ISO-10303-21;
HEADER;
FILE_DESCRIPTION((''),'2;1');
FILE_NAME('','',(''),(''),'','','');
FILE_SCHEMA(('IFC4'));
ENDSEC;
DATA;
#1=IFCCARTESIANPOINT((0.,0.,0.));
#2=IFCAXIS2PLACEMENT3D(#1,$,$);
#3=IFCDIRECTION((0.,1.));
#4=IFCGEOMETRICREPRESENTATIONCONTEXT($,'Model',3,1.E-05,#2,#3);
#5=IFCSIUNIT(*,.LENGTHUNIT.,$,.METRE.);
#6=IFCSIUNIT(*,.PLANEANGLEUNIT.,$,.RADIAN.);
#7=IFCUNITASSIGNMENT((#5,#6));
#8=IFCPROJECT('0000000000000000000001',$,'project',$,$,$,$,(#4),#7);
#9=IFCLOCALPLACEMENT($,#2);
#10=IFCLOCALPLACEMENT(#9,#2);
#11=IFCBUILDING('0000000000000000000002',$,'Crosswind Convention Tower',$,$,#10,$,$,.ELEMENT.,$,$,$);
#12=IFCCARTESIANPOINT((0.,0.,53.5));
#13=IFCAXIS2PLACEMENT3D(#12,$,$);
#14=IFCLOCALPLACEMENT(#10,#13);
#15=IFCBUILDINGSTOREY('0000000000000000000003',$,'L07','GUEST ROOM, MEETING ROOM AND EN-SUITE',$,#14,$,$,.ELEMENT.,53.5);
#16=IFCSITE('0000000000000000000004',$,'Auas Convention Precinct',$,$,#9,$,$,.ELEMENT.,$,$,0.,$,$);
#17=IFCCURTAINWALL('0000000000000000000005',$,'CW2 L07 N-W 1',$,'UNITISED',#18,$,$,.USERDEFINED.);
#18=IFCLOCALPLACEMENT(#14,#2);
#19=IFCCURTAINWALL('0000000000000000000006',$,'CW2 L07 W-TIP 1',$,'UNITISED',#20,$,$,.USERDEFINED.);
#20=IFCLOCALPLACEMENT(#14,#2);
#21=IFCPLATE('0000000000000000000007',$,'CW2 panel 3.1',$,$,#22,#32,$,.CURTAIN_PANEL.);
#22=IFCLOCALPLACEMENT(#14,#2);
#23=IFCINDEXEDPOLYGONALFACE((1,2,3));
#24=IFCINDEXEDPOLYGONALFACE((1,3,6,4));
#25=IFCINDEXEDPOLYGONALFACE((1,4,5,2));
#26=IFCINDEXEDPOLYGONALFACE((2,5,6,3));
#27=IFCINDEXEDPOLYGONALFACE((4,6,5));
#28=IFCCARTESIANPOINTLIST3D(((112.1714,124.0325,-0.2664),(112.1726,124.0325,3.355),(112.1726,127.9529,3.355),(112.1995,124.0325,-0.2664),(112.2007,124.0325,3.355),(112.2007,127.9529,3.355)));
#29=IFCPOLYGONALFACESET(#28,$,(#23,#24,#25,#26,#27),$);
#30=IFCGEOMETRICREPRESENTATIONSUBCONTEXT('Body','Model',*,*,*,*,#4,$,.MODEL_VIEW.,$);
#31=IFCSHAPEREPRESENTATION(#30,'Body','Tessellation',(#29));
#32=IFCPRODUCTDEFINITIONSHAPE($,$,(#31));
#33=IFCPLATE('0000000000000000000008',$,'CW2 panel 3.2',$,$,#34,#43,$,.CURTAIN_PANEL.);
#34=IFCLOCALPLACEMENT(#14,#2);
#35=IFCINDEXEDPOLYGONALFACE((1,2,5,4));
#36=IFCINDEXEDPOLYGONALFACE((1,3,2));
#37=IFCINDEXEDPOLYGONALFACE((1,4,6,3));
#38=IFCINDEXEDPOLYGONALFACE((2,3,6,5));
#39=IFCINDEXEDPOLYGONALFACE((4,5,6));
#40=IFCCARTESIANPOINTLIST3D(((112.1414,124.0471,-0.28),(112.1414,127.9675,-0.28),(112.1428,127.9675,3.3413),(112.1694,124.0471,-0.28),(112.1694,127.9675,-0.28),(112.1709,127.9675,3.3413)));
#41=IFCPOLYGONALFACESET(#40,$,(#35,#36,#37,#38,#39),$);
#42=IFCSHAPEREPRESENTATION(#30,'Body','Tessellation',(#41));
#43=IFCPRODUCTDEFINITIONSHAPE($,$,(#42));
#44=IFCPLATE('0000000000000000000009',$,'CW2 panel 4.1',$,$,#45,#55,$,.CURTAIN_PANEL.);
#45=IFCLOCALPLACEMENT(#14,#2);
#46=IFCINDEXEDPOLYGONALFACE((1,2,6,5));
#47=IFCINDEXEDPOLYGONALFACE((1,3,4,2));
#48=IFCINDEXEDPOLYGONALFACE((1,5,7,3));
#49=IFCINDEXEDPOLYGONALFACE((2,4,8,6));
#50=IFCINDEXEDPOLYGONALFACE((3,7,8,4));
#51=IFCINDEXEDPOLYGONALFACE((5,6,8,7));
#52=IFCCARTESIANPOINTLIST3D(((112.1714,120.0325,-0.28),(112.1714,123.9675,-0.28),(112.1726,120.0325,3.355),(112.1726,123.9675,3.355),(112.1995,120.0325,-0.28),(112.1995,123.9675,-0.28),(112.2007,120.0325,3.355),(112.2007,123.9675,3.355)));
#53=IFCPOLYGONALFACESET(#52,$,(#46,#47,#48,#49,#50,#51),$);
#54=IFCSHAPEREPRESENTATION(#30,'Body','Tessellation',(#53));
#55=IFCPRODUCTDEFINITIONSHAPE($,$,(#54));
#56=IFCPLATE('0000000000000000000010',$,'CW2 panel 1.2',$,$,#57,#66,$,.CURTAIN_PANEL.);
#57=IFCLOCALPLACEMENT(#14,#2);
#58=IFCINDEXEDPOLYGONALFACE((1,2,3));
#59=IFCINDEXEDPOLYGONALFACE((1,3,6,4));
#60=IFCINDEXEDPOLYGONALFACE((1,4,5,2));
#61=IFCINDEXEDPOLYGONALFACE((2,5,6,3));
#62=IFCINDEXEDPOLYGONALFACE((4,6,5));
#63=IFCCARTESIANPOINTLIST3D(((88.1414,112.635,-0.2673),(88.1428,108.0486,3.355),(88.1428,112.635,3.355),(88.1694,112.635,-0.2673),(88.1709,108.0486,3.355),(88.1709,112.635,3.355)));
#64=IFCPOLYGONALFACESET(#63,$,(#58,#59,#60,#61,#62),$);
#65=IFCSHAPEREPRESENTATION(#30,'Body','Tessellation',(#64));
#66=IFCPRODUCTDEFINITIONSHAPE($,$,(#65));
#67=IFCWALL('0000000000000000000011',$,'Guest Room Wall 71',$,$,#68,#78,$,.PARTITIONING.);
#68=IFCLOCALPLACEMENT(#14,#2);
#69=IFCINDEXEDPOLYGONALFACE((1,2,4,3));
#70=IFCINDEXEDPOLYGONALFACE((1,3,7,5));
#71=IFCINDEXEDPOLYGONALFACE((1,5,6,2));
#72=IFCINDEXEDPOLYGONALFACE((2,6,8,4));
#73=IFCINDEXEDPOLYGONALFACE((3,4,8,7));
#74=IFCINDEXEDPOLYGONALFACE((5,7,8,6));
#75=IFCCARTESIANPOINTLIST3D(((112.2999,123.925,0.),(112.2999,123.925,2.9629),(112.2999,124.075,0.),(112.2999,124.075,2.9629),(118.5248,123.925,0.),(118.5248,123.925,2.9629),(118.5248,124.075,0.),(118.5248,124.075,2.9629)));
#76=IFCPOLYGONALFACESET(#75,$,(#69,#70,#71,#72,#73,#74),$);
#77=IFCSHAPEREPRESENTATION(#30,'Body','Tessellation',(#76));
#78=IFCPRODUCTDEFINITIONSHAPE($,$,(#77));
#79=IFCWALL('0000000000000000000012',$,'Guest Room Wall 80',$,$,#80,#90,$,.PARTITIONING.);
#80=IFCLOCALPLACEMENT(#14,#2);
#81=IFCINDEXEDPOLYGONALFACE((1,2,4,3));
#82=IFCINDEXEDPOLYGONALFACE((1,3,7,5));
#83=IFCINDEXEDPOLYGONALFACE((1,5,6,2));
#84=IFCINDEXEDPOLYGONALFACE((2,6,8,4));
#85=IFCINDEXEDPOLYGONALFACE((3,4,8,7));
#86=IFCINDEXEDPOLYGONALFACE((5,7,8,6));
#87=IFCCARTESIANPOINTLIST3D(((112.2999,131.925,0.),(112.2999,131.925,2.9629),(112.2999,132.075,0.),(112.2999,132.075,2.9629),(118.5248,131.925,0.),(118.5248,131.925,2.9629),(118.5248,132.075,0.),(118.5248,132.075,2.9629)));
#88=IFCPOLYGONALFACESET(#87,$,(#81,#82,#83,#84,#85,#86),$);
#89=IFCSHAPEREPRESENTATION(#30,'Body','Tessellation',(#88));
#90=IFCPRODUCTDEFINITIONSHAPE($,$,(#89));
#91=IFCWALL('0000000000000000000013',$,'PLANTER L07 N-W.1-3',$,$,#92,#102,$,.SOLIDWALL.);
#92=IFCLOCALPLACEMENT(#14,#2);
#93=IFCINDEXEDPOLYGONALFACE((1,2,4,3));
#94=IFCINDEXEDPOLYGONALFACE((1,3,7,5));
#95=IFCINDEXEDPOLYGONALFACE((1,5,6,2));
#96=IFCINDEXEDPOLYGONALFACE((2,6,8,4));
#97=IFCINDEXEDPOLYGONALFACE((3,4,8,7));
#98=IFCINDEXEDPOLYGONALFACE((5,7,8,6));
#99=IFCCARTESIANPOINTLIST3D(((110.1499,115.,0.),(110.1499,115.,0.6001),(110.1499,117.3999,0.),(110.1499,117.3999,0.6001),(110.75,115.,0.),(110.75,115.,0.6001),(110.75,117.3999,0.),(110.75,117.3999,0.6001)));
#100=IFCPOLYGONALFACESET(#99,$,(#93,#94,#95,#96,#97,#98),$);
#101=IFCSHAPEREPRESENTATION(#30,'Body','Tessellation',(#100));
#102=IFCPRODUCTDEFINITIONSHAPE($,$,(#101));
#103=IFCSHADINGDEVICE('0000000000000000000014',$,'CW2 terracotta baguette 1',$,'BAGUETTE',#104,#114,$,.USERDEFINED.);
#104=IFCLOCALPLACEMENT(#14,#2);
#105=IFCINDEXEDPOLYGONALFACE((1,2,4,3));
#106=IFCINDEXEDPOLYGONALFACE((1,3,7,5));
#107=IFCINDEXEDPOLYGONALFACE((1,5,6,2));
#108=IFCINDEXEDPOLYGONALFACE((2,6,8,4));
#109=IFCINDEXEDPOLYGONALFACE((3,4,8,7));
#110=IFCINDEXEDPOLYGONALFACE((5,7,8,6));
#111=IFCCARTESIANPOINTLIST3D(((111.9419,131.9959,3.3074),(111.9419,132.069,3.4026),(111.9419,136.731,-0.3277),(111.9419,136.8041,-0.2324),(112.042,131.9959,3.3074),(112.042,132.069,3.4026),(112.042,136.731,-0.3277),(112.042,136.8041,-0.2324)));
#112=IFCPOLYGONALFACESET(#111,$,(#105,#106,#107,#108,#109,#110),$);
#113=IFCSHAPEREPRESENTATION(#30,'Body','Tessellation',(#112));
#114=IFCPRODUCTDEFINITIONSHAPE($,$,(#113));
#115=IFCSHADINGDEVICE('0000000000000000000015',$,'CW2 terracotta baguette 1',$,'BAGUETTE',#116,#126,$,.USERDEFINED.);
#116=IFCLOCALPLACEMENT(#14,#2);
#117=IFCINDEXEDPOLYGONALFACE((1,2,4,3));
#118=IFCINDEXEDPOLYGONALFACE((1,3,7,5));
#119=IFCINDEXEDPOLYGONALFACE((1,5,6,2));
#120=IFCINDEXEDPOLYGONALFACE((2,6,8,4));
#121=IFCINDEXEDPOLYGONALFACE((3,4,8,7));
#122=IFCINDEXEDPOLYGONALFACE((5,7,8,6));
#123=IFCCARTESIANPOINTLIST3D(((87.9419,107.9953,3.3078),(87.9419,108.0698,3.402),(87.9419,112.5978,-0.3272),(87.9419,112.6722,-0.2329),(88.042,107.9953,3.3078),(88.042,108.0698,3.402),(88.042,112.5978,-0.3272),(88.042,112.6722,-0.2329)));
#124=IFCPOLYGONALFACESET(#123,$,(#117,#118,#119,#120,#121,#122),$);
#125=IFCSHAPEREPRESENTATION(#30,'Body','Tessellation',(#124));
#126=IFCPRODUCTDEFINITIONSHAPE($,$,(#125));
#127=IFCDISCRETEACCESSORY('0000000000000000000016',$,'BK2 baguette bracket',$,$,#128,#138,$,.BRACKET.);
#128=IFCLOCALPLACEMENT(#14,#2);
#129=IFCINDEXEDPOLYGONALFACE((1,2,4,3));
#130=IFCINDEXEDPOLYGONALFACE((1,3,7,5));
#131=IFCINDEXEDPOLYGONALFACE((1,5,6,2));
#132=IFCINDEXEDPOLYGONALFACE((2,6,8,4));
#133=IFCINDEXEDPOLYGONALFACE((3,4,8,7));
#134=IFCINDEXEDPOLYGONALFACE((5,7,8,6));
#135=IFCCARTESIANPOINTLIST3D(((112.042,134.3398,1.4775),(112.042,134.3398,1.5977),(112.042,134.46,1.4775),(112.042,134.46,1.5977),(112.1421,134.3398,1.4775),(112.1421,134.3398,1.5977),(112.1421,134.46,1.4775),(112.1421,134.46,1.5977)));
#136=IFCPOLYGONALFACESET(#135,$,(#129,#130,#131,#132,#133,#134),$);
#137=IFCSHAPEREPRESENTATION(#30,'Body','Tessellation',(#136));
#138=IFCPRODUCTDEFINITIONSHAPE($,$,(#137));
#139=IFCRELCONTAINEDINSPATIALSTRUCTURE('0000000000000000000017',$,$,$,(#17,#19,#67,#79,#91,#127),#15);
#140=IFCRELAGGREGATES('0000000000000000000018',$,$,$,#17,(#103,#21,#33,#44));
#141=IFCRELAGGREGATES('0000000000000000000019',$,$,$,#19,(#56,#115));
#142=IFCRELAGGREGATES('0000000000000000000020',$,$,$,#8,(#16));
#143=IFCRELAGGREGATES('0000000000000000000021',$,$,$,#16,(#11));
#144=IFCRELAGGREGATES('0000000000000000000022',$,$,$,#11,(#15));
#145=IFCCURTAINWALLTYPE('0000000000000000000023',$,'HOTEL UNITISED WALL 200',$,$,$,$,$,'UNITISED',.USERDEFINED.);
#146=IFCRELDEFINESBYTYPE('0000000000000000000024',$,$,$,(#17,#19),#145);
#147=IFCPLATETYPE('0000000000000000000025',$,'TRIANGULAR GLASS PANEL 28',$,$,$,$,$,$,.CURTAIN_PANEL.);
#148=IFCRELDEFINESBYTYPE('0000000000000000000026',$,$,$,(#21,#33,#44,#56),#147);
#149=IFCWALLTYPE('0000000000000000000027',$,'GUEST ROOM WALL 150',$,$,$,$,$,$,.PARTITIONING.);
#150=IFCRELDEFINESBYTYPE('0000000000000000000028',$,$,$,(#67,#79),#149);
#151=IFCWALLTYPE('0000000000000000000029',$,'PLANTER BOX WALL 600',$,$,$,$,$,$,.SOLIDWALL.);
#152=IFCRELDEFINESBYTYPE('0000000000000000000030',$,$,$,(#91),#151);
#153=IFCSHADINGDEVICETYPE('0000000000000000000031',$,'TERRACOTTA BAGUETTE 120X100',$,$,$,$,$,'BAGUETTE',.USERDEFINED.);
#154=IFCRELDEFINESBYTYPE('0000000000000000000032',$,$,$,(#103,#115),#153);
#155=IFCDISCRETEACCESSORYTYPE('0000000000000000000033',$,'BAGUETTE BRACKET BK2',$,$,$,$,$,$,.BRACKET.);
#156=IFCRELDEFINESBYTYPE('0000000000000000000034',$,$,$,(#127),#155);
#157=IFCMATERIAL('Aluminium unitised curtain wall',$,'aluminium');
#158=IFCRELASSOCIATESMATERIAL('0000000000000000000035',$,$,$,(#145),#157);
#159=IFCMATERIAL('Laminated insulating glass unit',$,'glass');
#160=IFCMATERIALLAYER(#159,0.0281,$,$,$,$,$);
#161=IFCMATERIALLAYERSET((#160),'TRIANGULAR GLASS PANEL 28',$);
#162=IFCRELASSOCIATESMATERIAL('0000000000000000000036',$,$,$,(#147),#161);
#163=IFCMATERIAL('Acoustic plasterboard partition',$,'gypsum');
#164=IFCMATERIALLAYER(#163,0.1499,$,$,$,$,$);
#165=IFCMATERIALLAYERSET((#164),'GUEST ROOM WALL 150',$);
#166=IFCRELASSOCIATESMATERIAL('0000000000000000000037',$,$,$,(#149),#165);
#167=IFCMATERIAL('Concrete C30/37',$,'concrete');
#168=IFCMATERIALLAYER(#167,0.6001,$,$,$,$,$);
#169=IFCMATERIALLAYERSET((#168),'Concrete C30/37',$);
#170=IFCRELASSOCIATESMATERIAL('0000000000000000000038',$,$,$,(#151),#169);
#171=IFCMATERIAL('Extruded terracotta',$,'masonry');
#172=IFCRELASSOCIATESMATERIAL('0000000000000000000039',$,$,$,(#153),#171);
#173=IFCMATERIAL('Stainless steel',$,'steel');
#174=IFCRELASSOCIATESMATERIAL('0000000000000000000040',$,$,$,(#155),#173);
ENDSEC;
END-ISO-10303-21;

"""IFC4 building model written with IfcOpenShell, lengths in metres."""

from ifc_helpers import new_model, si_unit, direction, frame, frame_2d, origin, origin_2d, place, context, subcontext, project, spatial, polyline, rectangle, outline, extrude, material, layer, layer_set, material_profile, profile_set, type_object, element, aggregate, save


model = new_model("IFC4")

# Units and contexts
model_context = context("Model", 3, precision=1e-05, world=origin(), true_north=direction((0.0, 1.0)))
body_context = subcontext(model_context, "Body", "Model", "MODEL_VIEW")
ifc_project = project(units=[si_unit("LENGTHUNIT", "METRE"), si_unit("PLANEANGLEUNIT", "RADIAN")], contexts=[model_context])

# Site, building, storey
site_placement = place(None, origin())
site = spatial("IfcSite", under=ifc_project, at=site_placement, Name="Auas Convention Precinct", CompositionType="ELEMENT", RefElevation=0.0)
building_placement = place(site_placement, origin())
building = spatial("IfcBuilding", under=site, at=building_placement, Name="Crosswind Convention Tower", CompositionType="ELEMENT")
storey_placement = place(building_placement, frame((0.0, 0.0, 53.5)))
storey = spatial("IfcBuildingStorey", under=building, at=storey_placement, Name="L07", Description="GUEST ROOM, MEETING ROOM AND EN-SUITE", CompositionType="ELEMENT", Elevation=53.5)

# Shared definitions
ifc_material_1 = material(Name="Aluminium unitised curtain wall", Category="aluminium")

# Shared definitions
curtain_wall_type_1 = type_object("IfcCurtainWallType", Name="HOTEL UNITISED WALL 200", ElementType="UNITISED", PredefinedType="USERDEFINED", material=ifc_material_1)

# Curtain wall
curtain_wall_1_placement = place(storey_placement, origin())
curtain_wall_1 = element("IfcCurtainWall", 1, at=curtain_wall_1_placement, inside=storey, type_object=curtain_wall_type_1, Name="CW2 L07 N-W 1", ObjectType="UNITISED", PredefinedType="USERDEFINED")

# Curtain wall
curtain_wall_2_placement = place(storey_placement, origin())
curtain_wall_2 = element("IfcCurtainWall", 2, at=curtain_wall_2_placement, inside=storey, type_object=curtain_wall_type_1, Name="CW2 L07 W-TIP 1", ObjectType="UNITISED", PredefinedType="USERDEFINED")

# Plates
ifc_material_2 = material(Name="Laminated insulating glass unit", Category="glass")
ifc_layer_1 = layer(ifc_material_2, 0.0281)
ifc_layer_set_1 = layer_set([ifc_layer_1], Name="TRIANGULAR GLASS PANEL 28")
plate_type_1 = type_object("IfcPlateType", Name="TRIANGULAR GLASS PANEL 28", PredefinedType="CURTAIN_PANEL", material=ifc_layer_set_1)
plate_1_placement = place(storey_placement, frame((112.1726, 124.0325, 3.355), z_axis=(-1.0, 0.0, 0.000337), x_axis=(0.0, 1.0, 0.0)))
plate_1 = element("IfcPlate", 3, at=plate_1_placement, type_object=plate_type_1, Name="CW2 panel 3.1", PredefinedType="CURTAIN_PANEL", context=body_context, shape_type="SweptSolid", body=[
    extrude(outline(polyline([(0.0, 0.0), (3.9204, 0.0), (0.0, 3.6213), (0.0, 0.0)])), origin(), (0.0, 0.0, -1.0), 0.0281),
])
plate_2_placement = place(storey_placement, frame((112.1414, 127.9675, -0.28), z_axis=(-1.0, 0.0, 0.000405), x_axis=(0.0, -1.0, 0.0)))
plate_2 = element("IfcPlate", 4, at=plate_2_placement, type_object=plate_type_1, Name="CW2 panel 3.2", PredefinedType="CURTAIN_PANEL", context=body_context, shape_type="SweptSolid", body=[
    extrude(outline(polyline([(0.0, 0.0), (3.9204, 0.0), (0.0, 3.6213), (0.0, 0.0)])), origin(), (0.0, 0.0, -1.0), 0.0281),
])
plate_3_placement = place(storey_placement, frame((112.1714, 123.9675, -0.28), z_axis=(-1.0, 0.0, 0.000336), x_axis=(0.0, -1.0, 0.0)))
plate_3 = element("IfcPlate", 5, at=plate_3_placement, type_object=plate_type_1, Name="CW2 panel 4.1", PredefinedType="CURTAIN_PANEL", context=body_context, shape_type="SweptSolid", body=[
    extrude(outline(polyline([(0.0, 0.0), (3.9351, 0.0), (3.9351, 3.635), (0.0, 3.635), (0.0, 0.0)])), origin(), (0.0, 0.0, -1.0), 0.0281),
])
plate_4_placement = place(storey_placement, frame((88.1428, 112.635, 3.355), z_axis=(-1.0, 0.0, 0.000404), x_axis=(-0.000404, 0.0, -1.0)))
plate_4 = element("IfcPlate", 6, at=plate_4_placement, type_object=plate_type_1, Name="CW2 panel 1.2", PredefinedType="CURTAIN_PANEL", context=body_context, shape_type="SweptSolid", body=[
    extrude(outline(polyline([(0.0, 0.0), (3.6223, 0.0), (0.0, 4.5864), (0.0, 0.0)])), origin(), (0.0, 0.0, -1.0), 0.0281),
])

# Walls
ifc_material_3 = material(Name="Acoustic plasterboard partition", Category="gypsum")
ifc_layer_2 = layer(ifc_material_3, 0.1499)
ifc_layer_set_2 = layer_set([ifc_layer_2], Name="GUEST ROOM WALL 150")
wall_type_1 = type_object("IfcWallType", Name="GUEST ROOM WALL 150", PredefinedType="PARTITIONING", material=ifc_layer_set_2)
for number, where, z_axis, x_axis, name in (
    (7, (112.3, 124.0, 0.0), (0.0, 0.0, 1.0), (1.0, 0.0, 0.0), "Guest Room Wall 71"),
    (8, (112.3, 132.0, 0.0), (0.0, 0.0, 1.0), (1.0, 0.0, 0.0), "Guest Room Wall 80"),
):
    element("IfcWall", number, at=place(storey_placement, frame(where, z_axis=z_axis, x_axis=x_axis)), inside=storey, type_object=wall_type_1, Name=name, PredefinedType="PARTITIONING", context=body_context, shape_type="SweptSolid", body=[
        extrude(rectangle(XDim=6.2249, YDim=0.1499, at=frame_2d((3.1123, 0.0))), origin(), (0.0, 0.0, 1.0), 2.9629),
    ])
ifc_material_4 = material(Name="Concrete C30/37", Category="concrete")
ifc_layer_3 = layer(ifc_material_4, 0.6001)
ifc_layer_set_3 = layer_set([ifc_layer_3], Name="Concrete C30/37")
wall_type_2 = type_object("IfcWallType", Name="PLANTER BOX WALL 600", PredefinedType="SOLIDWALL", material=ifc_layer_set_3)
wall_1_placement = place(storey_placement, frame((110.45, 117.3999, 0.0), z_axis=(0.0, 0.0, 1.0), x_axis=(0.0, -1.0, 0.0)))
element("IfcWall", 9, at=wall_1_placement, inside=storey, type_object=wall_type_2, Name="PLANTER L07 N-W.1-3", PredefinedType="SOLIDWALL", context=body_context, shape_type="SweptSolid", body=[
    extrude(rectangle(XDim=2.3999, YDim=0.6001, at=frame_2d((1.2, 0.0))), origin(), (0.0, 0.0, 1.0), 0.6001),
])

# Shading devices
ifc_material_5 = material(Name="Extruded terracotta", Category="masonry")
ifc_material_profile_1 = material_profile(ifc_material_5, rectangle(XDim=0.1001, YDim=0.1201, at=origin_2d()), Name="TC 100X120")
ifc_profile_set_1 = profile_set([ifc_material_profile_1], Name="Extruded terracotta")
shading_device_type = type_object("IfcShadingDeviceType", Name="TERRACOTTA BAGUETTE 120X100", ElementType="BAGUETTE", PredefinedType="USERDEFINED", material=ifc_profile_set_1)
shading_device_1_placement = place(storey_placement, frame((111.9919, 136.7676, -0.28), z_axis=(0.0, -0.793221, 0.608934), x_axis=(1.0, 0.0, 0.0)))
shading_device_1 = element("IfcShadingDevice", 10, at=shading_device_1_placement, type_object=shading_device_type, Name="CW2 terracotta baguette 1", ObjectType="BAGUETTE", PredefinedType="USERDEFINED", context=body_context, shape_type="SweptSolid", body=[
    extrude(rectangle(XDim=0.1001, YDim=0.1201, at=origin_2d()), origin(), (0.0, 0.0, 1.0), 5.9695),
])
aggregate(curtain_wall_1, [shading_device_1, plate_1, plate_2, plate_3])
shading_device_2_placement = place(storey_placement, frame((87.9919, 112.635, -0.28), z_axis=(0.0, -0.784764, 0.619794), x_axis=(1.0, 0.0, 0.0)))
shading_device_2 = element("IfcShadingDevice", 11, at=shading_device_2_placement, type_object=shading_device_type, Name="CW2 terracotta baguette 1", ObjectType="BAGUETTE", PredefinedType="USERDEFINED", context=body_context, shape_type="SweptSolid", body=[
    extrude(rectangle(XDim=0.1001, YDim=0.1201, at=origin_2d()), origin(), (0.0, 0.0, 1.0), 5.8647),
])
aggregate(curtain_wall_2, [plate_4, shading_device_2])

# Discrete accessory
ifc_material_6 = material(Name="Stainless steel", Category="steel")
discrete_accessory_type = type_object("IfcDiscreteAccessoryType", Name="BAGUETTE BRACKET BK2", PredefinedType="BRACKET", material=ifc_material_6)
discrete_accessory_placement = place(storey_placement, frame((112.092, 134.3999, 1.4775), z_axis=(0.0, 0.0, 1.0), x_axis=(0.0, -1.0, 0.0)))
element("IfcDiscreteAccessory", 12, at=discrete_accessory_placement, inside=storey, type_object=discrete_accessory_type, Name="BK2 baguette bracket", PredefinedType="BRACKET", context=body_context, shape_type="SweptSolid", body=[
    extrude(rectangle(XDim=0.1201, YDim=0.1001, at=origin_2d()), origin(), (0.0, 0.0, 1.0), 0.1201),
])

save(model, "model.ifc")
